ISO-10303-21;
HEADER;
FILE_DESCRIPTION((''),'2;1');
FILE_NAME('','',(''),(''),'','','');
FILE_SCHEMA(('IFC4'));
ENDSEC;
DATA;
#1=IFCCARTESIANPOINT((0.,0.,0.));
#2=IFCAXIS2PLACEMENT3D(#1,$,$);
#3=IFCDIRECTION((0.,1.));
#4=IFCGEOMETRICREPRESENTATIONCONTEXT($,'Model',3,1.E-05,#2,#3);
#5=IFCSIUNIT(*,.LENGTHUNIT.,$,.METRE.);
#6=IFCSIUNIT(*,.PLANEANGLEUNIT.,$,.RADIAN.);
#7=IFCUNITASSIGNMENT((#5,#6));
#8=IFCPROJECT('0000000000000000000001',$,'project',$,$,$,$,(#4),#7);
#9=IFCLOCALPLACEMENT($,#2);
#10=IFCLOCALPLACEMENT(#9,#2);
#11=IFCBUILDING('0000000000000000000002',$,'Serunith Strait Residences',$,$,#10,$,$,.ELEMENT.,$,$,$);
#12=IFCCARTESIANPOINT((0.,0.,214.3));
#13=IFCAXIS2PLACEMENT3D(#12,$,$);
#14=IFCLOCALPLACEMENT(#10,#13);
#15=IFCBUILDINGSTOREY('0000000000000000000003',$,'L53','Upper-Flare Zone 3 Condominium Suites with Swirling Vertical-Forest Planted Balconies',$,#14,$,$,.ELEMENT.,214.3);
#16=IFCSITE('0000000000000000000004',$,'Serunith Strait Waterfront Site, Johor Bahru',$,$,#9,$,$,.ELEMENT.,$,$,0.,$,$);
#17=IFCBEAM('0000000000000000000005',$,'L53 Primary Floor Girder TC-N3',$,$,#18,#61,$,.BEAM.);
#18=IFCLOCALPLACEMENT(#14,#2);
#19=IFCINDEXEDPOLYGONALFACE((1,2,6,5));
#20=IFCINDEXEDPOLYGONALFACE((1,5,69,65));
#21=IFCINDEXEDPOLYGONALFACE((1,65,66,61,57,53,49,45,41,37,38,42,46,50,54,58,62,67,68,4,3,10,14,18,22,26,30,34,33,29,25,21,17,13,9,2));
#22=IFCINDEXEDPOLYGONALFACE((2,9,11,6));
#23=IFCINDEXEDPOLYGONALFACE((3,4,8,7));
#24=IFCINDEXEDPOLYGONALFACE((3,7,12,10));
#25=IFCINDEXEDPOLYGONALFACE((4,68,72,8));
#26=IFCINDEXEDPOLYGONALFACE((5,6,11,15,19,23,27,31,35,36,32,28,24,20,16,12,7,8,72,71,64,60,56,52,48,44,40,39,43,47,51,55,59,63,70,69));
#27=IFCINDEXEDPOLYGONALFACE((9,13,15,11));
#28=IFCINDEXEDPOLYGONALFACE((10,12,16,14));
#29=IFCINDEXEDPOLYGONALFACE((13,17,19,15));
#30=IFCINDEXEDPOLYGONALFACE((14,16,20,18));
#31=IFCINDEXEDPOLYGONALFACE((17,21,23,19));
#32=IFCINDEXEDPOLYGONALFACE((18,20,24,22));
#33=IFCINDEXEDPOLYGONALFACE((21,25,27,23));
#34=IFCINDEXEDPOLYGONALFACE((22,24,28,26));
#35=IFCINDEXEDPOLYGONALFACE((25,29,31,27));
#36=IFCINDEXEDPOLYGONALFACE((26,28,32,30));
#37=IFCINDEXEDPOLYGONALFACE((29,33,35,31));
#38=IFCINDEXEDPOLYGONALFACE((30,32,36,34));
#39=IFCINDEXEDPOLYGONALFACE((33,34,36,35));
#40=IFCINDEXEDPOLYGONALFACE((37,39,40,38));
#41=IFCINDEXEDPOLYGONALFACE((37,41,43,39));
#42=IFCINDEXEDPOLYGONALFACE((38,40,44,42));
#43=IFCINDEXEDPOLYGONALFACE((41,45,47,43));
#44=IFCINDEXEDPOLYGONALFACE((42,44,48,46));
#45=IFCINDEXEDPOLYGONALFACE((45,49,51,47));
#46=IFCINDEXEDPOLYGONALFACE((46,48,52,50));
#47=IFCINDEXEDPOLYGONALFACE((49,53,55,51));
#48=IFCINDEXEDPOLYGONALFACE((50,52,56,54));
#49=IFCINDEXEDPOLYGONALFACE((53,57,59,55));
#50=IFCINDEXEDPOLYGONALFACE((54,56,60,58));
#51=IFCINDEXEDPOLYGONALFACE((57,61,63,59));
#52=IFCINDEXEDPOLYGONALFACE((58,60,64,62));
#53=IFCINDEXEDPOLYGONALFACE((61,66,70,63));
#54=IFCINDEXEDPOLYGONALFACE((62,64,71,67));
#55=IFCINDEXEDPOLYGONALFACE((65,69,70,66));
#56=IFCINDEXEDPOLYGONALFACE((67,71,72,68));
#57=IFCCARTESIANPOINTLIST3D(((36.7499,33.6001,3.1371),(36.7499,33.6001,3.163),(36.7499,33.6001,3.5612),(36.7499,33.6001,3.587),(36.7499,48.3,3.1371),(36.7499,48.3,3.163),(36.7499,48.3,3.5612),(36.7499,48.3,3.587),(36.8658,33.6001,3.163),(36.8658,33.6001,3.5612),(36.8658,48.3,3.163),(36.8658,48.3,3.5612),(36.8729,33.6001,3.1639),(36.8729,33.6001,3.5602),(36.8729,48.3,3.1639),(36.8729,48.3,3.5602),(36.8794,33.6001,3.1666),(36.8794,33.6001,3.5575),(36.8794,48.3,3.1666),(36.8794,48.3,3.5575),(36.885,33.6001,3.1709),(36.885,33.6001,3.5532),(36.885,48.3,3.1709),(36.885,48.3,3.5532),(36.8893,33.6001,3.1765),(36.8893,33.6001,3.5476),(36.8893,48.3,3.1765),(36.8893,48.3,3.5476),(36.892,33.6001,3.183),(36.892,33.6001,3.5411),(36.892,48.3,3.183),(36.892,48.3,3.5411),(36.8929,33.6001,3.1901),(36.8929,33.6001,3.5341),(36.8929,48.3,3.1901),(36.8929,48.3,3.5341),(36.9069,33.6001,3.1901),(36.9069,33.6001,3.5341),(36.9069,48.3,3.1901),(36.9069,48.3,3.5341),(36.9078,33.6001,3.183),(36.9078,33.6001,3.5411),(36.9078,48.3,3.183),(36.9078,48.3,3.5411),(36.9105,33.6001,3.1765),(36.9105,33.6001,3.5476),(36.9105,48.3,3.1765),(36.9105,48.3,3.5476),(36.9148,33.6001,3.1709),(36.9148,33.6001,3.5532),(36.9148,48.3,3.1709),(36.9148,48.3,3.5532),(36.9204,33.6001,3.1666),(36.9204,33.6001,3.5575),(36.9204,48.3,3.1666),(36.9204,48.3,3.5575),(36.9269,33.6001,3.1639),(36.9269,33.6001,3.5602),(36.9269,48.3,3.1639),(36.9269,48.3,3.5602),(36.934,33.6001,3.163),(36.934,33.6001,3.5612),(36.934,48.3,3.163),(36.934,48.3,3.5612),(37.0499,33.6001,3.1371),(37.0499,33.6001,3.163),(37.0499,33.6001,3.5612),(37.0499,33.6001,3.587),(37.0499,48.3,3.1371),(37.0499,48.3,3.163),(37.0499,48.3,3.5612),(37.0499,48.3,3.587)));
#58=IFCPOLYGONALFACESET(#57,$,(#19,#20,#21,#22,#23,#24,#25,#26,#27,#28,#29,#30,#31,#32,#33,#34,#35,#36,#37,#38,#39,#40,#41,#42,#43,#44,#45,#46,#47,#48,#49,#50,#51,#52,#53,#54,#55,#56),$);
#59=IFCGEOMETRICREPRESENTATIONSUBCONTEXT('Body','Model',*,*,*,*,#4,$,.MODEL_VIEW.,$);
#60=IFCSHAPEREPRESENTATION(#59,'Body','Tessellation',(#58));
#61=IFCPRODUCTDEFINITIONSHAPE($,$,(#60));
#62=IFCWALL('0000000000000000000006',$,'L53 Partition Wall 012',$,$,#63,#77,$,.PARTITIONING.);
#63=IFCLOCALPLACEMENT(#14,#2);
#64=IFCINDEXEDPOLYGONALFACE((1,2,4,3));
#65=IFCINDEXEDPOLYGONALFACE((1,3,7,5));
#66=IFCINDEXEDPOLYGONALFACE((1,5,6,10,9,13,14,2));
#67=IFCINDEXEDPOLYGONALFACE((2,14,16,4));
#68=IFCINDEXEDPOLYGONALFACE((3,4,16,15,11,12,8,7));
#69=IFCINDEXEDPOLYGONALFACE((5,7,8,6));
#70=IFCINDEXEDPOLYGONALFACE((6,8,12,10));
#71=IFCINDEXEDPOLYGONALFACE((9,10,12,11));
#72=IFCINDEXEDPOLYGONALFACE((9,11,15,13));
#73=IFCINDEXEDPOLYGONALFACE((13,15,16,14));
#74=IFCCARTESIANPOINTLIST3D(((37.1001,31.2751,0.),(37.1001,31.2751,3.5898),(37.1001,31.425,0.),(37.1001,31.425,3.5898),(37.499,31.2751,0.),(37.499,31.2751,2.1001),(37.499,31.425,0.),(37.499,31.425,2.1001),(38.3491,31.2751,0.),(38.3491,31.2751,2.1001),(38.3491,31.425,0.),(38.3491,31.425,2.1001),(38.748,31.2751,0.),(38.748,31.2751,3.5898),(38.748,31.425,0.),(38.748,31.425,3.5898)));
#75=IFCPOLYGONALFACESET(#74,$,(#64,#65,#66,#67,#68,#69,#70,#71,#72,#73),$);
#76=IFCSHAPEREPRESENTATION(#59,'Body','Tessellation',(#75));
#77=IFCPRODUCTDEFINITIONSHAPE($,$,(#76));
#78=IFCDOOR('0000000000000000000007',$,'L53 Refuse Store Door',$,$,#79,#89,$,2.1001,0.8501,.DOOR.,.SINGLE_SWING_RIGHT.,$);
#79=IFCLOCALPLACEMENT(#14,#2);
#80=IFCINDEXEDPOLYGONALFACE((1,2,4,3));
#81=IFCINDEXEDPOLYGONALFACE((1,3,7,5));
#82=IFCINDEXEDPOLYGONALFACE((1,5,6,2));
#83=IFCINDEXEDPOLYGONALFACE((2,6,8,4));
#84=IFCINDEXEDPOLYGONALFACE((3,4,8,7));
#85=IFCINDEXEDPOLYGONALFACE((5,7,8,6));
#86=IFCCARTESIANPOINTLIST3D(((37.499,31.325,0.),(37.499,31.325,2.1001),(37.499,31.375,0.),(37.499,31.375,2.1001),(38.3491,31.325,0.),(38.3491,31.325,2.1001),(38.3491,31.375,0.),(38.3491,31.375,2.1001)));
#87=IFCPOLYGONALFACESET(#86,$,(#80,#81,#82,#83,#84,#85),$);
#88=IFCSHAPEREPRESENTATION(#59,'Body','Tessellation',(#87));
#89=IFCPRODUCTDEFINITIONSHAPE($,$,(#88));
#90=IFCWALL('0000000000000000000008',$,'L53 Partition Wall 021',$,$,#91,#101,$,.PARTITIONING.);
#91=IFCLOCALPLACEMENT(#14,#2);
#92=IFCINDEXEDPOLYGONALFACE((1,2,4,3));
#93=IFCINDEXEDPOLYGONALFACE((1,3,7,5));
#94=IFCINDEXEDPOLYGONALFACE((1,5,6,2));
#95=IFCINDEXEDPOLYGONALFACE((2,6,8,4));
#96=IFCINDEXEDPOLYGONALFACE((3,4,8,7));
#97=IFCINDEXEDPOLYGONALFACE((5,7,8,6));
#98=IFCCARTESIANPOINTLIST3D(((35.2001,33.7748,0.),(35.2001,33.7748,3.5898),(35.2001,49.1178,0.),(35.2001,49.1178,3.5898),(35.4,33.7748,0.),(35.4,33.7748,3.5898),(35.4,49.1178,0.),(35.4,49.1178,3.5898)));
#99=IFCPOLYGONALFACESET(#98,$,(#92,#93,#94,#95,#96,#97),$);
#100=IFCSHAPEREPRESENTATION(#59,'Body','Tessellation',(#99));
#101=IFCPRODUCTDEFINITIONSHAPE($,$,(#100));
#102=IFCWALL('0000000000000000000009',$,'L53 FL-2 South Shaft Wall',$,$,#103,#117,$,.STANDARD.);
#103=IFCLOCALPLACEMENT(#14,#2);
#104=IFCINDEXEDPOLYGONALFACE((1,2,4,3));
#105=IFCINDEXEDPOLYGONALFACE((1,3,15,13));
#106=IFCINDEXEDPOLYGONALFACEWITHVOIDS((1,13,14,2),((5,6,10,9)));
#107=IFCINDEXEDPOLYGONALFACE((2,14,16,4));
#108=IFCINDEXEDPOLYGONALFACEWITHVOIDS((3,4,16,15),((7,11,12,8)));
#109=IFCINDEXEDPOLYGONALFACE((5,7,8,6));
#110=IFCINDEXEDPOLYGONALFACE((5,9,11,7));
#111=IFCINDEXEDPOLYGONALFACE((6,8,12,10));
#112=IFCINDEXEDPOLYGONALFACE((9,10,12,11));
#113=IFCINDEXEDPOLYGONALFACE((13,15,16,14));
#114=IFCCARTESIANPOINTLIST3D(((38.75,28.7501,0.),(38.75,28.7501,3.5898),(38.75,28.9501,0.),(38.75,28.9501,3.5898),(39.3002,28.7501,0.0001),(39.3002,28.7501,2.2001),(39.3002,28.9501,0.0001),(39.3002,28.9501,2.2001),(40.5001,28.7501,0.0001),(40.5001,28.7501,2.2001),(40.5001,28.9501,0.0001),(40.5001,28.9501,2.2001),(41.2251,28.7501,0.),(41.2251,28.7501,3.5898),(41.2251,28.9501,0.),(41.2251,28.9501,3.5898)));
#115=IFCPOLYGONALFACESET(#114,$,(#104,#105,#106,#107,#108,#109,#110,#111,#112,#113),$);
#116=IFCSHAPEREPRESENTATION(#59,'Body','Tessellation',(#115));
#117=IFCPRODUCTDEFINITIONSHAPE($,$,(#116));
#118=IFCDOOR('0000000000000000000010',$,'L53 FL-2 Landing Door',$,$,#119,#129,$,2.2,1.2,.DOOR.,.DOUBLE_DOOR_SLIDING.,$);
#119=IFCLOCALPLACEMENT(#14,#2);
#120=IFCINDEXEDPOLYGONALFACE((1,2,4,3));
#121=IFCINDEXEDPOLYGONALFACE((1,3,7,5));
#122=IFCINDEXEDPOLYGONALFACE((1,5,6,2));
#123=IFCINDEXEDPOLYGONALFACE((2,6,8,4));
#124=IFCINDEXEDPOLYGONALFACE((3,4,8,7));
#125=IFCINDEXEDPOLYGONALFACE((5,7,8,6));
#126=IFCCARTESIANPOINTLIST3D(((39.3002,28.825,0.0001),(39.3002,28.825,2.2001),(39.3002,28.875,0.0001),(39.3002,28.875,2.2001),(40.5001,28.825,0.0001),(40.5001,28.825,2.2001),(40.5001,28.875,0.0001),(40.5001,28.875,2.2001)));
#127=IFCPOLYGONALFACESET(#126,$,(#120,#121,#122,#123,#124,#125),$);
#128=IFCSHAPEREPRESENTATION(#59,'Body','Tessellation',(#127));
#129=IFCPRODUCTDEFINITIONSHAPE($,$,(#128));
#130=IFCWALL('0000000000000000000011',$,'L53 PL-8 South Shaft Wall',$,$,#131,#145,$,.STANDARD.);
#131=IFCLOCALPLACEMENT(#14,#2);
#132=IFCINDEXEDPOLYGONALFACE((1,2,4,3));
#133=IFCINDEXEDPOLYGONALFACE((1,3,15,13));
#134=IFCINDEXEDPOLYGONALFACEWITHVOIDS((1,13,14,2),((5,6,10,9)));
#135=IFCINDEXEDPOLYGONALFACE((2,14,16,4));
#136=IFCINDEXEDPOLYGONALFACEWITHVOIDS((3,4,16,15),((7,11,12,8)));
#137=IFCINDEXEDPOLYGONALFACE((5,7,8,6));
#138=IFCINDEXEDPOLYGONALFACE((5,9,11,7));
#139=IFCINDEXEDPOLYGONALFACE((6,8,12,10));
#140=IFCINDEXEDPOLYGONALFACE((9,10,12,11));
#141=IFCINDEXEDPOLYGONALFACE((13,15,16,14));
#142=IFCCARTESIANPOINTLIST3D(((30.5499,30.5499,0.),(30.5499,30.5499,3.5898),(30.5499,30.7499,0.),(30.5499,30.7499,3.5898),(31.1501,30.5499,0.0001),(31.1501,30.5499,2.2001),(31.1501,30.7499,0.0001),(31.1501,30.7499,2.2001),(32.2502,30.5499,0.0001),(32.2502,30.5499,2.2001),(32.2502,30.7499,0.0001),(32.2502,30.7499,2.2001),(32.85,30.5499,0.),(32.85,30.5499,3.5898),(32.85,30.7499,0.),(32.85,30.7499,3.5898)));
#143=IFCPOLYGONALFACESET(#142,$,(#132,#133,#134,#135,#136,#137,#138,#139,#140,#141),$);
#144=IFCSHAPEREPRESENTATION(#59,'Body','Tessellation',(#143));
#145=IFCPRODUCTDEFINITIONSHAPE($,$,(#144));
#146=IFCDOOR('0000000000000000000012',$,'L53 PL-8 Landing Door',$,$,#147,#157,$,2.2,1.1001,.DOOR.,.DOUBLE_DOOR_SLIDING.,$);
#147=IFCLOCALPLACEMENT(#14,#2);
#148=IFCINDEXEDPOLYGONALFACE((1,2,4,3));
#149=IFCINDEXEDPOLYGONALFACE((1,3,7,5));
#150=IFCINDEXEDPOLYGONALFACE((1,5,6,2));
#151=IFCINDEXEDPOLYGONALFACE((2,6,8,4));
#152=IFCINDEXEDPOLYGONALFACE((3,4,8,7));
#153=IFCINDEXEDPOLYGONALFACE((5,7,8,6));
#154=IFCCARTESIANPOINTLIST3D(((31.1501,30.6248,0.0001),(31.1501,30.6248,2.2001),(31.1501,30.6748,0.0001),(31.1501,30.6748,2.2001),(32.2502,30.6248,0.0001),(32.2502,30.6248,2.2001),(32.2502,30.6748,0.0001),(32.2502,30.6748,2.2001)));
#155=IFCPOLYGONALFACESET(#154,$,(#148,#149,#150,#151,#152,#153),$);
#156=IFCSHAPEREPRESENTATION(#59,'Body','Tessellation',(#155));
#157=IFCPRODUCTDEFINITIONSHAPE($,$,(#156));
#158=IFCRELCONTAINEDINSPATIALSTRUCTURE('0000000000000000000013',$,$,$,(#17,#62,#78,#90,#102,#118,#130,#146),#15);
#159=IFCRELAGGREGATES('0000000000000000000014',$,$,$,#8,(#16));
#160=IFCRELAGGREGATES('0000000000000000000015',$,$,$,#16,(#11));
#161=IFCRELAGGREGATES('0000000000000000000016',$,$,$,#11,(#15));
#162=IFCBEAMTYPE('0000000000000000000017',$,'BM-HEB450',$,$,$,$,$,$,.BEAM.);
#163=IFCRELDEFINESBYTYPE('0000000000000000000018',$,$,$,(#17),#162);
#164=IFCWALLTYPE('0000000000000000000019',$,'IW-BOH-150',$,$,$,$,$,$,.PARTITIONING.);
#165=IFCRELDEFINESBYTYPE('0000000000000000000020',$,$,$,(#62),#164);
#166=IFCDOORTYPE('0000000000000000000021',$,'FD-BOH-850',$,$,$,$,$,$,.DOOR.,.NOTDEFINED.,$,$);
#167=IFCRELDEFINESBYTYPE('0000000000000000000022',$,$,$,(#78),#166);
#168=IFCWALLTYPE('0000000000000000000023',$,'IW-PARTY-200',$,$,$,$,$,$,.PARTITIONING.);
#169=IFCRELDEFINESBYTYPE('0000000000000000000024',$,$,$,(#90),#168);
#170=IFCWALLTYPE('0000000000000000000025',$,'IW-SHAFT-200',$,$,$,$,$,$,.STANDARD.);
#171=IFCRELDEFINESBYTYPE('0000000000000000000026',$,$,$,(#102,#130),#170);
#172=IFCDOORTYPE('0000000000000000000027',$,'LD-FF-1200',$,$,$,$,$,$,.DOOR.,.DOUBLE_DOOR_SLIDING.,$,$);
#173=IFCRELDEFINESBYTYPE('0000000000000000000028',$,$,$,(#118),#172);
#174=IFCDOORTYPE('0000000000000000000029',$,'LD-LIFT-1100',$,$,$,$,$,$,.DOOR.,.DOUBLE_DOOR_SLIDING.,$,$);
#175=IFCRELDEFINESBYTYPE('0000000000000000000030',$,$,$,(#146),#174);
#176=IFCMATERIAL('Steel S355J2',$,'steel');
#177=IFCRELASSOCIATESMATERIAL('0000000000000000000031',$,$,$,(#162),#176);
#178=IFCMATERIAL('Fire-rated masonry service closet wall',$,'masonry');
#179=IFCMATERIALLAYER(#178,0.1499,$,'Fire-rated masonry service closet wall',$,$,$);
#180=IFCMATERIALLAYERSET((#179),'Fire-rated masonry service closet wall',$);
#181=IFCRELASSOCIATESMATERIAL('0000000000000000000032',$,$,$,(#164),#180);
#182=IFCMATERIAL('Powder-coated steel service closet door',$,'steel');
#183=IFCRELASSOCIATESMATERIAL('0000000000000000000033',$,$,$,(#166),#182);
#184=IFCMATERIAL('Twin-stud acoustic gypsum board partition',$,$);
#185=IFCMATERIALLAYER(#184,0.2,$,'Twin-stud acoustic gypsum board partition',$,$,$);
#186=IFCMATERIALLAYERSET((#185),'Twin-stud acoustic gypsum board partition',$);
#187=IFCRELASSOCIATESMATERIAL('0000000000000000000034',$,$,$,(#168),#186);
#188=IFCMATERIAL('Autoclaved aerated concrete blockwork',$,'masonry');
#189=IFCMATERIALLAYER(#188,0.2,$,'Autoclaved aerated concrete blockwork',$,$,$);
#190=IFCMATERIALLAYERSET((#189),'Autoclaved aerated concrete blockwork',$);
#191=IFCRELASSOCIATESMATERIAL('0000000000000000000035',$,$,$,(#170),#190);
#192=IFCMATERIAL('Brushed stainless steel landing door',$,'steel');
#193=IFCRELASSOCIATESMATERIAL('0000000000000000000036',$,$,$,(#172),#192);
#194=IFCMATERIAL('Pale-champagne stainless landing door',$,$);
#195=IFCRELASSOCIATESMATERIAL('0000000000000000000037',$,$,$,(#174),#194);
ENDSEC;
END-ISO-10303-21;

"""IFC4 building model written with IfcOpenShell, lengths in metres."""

from ifc_helpers import new_model, si_unit, direction, frame, frame_2d, origin, origin_2d, place, context, subcontext, project, spatial, rectangle, i_section, extrude, source, transform, mapped, material, layer, layer_set, material_profile, profile_set, type_object, element, fill, save


model = new_model("IFC4")

# Units and contexts
model_context = context("Model", 3, precision=1e-05, world=origin(), true_north=direction((0.0, 1.0)))
body_context = subcontext(model_context, "Body", "Model", "MODEL_VIEW")
ifc_project = project(units=[si_unit("LENGTHUNIT", "METRE"), si_unit("PLANEANGLEUNIT", "RADIAN")], contexts=[model_context])

# Site, building, storey
site_placement = place(None, origin())
site = spatial("IfcSite", under=ifc_project, at=site_placement, Name="Serunith Strait Waterfront Site, Johor Bahru", CompositionType="ELEMENT", RefElevation=0.0)
building_placement = place(site_placement, origin())
building = spatial("IfcBuilding", under=site, at=building_placement, Name="Serunith Strait Residences", CompositionType="ELEMENT")
storey_placement = place(building_placement, frame((0.0, 0.0, 214.3)))
storey = spatial("IfcBuildingStorey", under=building, at=storey_placement, Name="L53", Description="Upper-Flare Zone 3 Condominium Suites with Swirling Vertical-Forest Planted Balconies", CompositionType="ELEMENT", Elevation=214.3)

# Beam
ifc_material_1 = material(Name="Steel S355J2", Category="steel")
ifc_material_profile = material_profile(ifc_material_1, i_section(OverallWidth=0.3, OverallDepth=0.45, WebThickness=0.0139, FlangeThickness=0.0259, FilletRadius=0.0271, at=origin_2d()), Name="HEB 450")
ifc_profile_set = profile_set([ifc_material_profile], Name="Steel S355J2")
beam_type = type_object("IfcBeamType", Name="BM-HEB450", PredefinedType="BEAM", material=ifc_profile_set)
shared_shape_1 = source(origin(), body_context, "Body", "SweptSolid", [
    extrude(i_section(OverallWidth=0.3, OverallDepth=0.45, WebThickness=0.0139, FlangeThickness=0.0259, FilletRadius=0.0271, at=origin_2d()), origin(), (0.0, 0.0, 1.0), 14.7),
])
beam_placement = place(storey_placement, frame((36.8999, 33.6001, 3.3621), z_axis=(0.0, 1.0, 0.0), x_axis=(-1.0, 0.0, 0.0)))
element("IfcBeam", 1, at=beam_placement, inside=storey, type_object=beam_type, Name="L53 Primary Floor Girder TC-N3", PredefinedType="BEAM", context=body_context, shape_type="MappedRepresentation", body=[
    mapped(shared_shape_1, transform((0.0, 0.0, 0.0), scale=1.0)),
])

# Wall, opening, door
ifc_material_2 = material(Name="Fire-rated masonry service closet wall", Category="masonry")
ifc_layer_1 = layer(ifc_material_2, 0.1499, Name="Fire-rated masonry service closet wall")
ifc_layer_set_1 = layer_set([ifc_layer_1], Name="Fire-rated masonry service closet wall")
wall_type_1 = type_object("IfcWallType", Name="IW-BOH-150", PredefinedType="PARTITIONING", material=ifc_layer_set_1)
wall_1_placement = place(storey_placement, frame((37.1001, 31.3501, 0.0), z_axis=(0.0, 0.0, 1.0), x_axis=(1.0, 0.0, 0.0)))
wall_1 = element("IfcWall", 2, at=wall_1_placement, inside=storey, type_object=wall_type_1, Name="L53 Partition Wall 012", PredefinedType="PARTITIONING", context=body_context, shape_type="SweptSolid", body=[
    extrude(rectangle(XDim=1.6479, YDim=0.1499, at=frame_2d((0.824, 0.0))), origin(), (0.0, 0.0, 1.0), 3.5898),
])
opening_1_placement = place(wall_1_placement, frame((0.3989, 0.0, 0.0)))
opening_1 = element("IfcOpeningElement", 3, at=opening_1_placement, cuts=wall_1, PredefinedType="OPENING", context=body_context, shape_type="SweptSolid", body=[
    extrude(rectangle(XDim=0.8501, YDim=2.1001, at=frame_2d((0.425, 1.05))), frame((0.0, 0.085, 0.0), z_axis=(0.0, -1.0, 0.0), x_axis=(1.0, 0.0, 0.0)), (0.0, 0.0, 1.0), 0.1699),
])
ifc_material_3 = material(Name="Powder-coated steel service closet door", Category="steel")
door_type_1 = type_object("IfcDoorType", Name="FD-BOH-850", OperationType="NOTDEFINED", PredefinedType="DOOR", material=ifc_material_3)
shared_shape_2 = source(origin(), body_context, "Body", "SweptSolid", [
    extrude(rectangle(XDim=0.8501, YDim=2.1001, at=frame_2d((0.425, 1.05))), frame((0.0, 0.0249, 0.0), z_axis=(0.0, -1.0, 0.0), x_axis=(1.0, 0.0, 0.0)), (0.0, 0.0, 1.0), 0.05),
])
door_1_placement = place(opening_1_placement, origin())
door_1 = element("IfcDoor", 4, at=door_1_placement, inside=storey, type_object=door_type_1, Name="L53 Refuse Store Door", OperationType="SINGLE_SWING_RIGHT", OverallHeight=2.1001, OverallWidth=0.8501, PredefinedType="DOOR", context=body_context, shape_type="MappedRepresentation", body=[
    mapped(shared_shape_2, transform((0.0, 0.0, 0.0), scale=1.0)),
])
fill(opening_1, door_1)

# Wall
ifc_material_4 = material(Name="Twin-stud acoustic gypsum board partition")
ifc_layer_2 = layer(ifc_material_4, 0.2, Name="Twin-stud acoustic gypsum board partition")
ifc_layer_set_2 = layer_set([ifc_layer_2], Name="Twin-stud acoustic gypsum board partition")
wall_type_2 = type_object("IfcWallType", Name="IW-PARTY-200", PredefinedType="PARTITIONING", material=ifc_layer_set_2)
wall_2_placement = place(storey_placement, frame((35.3, 33.7749, 0.0), z_axis=(0.0, 0.0, 1.0), x_axis=(0.0, 1.0, 0.0)))
element("IfcWall", 5, at=wall_2_placement, inside=storey, type_object=wall_type_2, Name="L53 Partition Wall 021", PredefinedType="PARTITIONING", context=body_context, shape_type="SweptSolid", body=[
    extrude(rectangle(XDim=15.343, YDim=0.2, at=frame_2d((7.6714, 0.0))), origin(), (0.0, 0.0, 1.0), 3.5898),
])

# Walls, openings, doors
ifc_material_5 = material(Name="Autoclaved aerated concrete blockwork", Category="masonry")
ifc_layer_3 = layer(ifc_material_5, 0.2, Name="Autoclaved aerated concrete blockwork")
ifc_layer_set_3 = layer_set([ifc_layer_3], Name="Autoclaved aerated concrete blockwork")
wall_type_3 = type_object("IfcWallType", Name="IW-SHAFT-200", PredefinedType="STANDARD", material=ifc_layer_set_3)
wall_3_placement = place(storey_placement, frame((38.75, 28.8501, 0.0), z_axis=(0.0, 0.0, 1.0), x_axis=(1.0, 0.0, 0.0)))
wall_3 = element("IfcWall", 6, at=wall_3_placement, inside=storey, type_object=wall_type_3, Name="L53 FL-2 South Shaft Wall", PredefinedType="STANDARD", context=body_context, shape_type="SweptSolid", body=[
    extrude(rectangle(XDim=2.4751, YDim=0.2, at=frame_2d((1.2375, 0.0))), origin(), (0.0, 0.0, 1.0), 3.5898),
])
opening_2_placement = place(wall_3_placement, frame((0.55, 0.0, 0.0)))
opening_2 = element("IfcOpeningElement", 7, at=opening_2_placement, cuts=wall_3, PredefinedType="OPENING", context=body_context, shape_type="SweptSolid", body=[
    extrude(rectangle(XDim=1.2, YDim=2.2, at=frame_2d((0.6001, 1.1001))), frame((0.0, 0.1099, 0.0), z_axis=(0.0, -1.0, 0.0), x_axis=(1.0, 0.0, 0.0)), (0.0, 0.0, 1.0), 0.22),
])
ifc_material_6 = material(Name="Brushed stainless steel landing door", Category="steel")
door_type_2 = type_object("IfcDoorType", Name="LD-FF-1200", OperationType="DOUBLE_DOOR_SLIDING", PredefinedType="DOOR", material=ifc_material_6)
shared_shape_3 = source(origin(), body_context, "Body", "SweptSolid", [
    extrude(rectangle(XDim=1.2, YDim=2.2, at=frame_2d((0.6001, 1.1001))), frame((0.0, 0.0249, 0.0), z_axis=(0.0, -1.0, 0.0), x_axis=(1.0, 0.0, 0.0)), (0.0, 0.0, 1.0), 0.05),
])
door_2_placement = place(opening_2_placement, origin())
door_2 = element("IfcDoor", 8, at=door_2_placement, inside=storey, type_object=door_type_2, Name="L53 FL-2 Landing Door", OperationType="DOUBLE_DOOR_SLIDING", OverallHeight=2.2, OverallWidth=1.2, PredefinedType="DOOR", context=body_context, shape_type="MappedRepresentation", body=[
    mapped(shared_shape_3, transform((0.0, 0.0, 0.0), scale=1.0)),
])
fill(opening_2, door_2)
wall_4_placement = place(storey_placement, frame((30.55, 30.6499, 0.0), z_axis=(0.0, 0.0, 1.0), x_axis=(1.0, 0.0, 0.0)))
wall_4 = element("IfcWall", 9, at=wall_4_placement, inside=storey, type_object=wall_type_3, Name="L53 PL-8 South Shaft Wall", PredefinedType="STANDARD", context=body_context, shape_type="SweptSolid", body=[
    extrude(rectangle(XDim=2.3, YDim=0.2, at=frame_2d((1.1499, 0.0))), origin(), (0.0, 0.0, 1.0), 3.5898),
])
opening_3_placement = place(wall_4_placement, frame((0.6001, 0.0, 0.0)))
opening_3 = element("IfcOpeningElement", 10, at=opening_3_placement, cuts=wall_4, PredefinedType="OPENING", context=body_context, shape_type="SweptSolid", body=[
    extrude(rectangle(XDim=1.1001, YDim=2.2, at=frame_2d((0.55, 1.1001))), frame((0.0, 0.1099, 0.0), z_axis=(0.0, -1.0, 0.0), x_axis=(1.0, 0.0, 0.0)), (0.0, 0.0, 1.0), 0.22),
])
ifc_material_7 = material(Name="Pale-champagne stainless landing door")
door_type_3 = type_object("IfcDoorType", Name="LD-LIFT-1100", OperationType="DOUBLE_DOOR_SLIDING", PredefinedType="DOOR", material=ifc_material_7)
shared_shape_4 = source(origin(), body_context, "Body", "SweptSolid", [
    extrude(rectangle(XDim=1.1001, YDim=2.2, at=frame_2d((0.55, 1.1001))), frame((0.0, 0.0249, 0.0), z_axis=(0.0, -1.0, 0.0), x_axis=(1.0, 0.0, 0.0)), (0.0, 0.0, 1.0), 0.05),
])
door_3_placement = place(opening_3_placement, origin())
door_3 = element("IfcDoor", 11, at=door_3_placement, inside=storey, type_object=door_type_3, Name="L53 PL-8 Landing Door", OperationType="DOUBLE_DOOR_SLIDING", OverallHeight=2.2, OverallWidth=1.1001, PredefinedType="DOOR", context=body_context, shape_type="MappedRepresentation", body=[
    mapped(shared_shape_4, transform((0.0, 0.0, 0.0), scale=1.0)),
])
fill(opening_3, door_3)

save(model, "model.ifc")
